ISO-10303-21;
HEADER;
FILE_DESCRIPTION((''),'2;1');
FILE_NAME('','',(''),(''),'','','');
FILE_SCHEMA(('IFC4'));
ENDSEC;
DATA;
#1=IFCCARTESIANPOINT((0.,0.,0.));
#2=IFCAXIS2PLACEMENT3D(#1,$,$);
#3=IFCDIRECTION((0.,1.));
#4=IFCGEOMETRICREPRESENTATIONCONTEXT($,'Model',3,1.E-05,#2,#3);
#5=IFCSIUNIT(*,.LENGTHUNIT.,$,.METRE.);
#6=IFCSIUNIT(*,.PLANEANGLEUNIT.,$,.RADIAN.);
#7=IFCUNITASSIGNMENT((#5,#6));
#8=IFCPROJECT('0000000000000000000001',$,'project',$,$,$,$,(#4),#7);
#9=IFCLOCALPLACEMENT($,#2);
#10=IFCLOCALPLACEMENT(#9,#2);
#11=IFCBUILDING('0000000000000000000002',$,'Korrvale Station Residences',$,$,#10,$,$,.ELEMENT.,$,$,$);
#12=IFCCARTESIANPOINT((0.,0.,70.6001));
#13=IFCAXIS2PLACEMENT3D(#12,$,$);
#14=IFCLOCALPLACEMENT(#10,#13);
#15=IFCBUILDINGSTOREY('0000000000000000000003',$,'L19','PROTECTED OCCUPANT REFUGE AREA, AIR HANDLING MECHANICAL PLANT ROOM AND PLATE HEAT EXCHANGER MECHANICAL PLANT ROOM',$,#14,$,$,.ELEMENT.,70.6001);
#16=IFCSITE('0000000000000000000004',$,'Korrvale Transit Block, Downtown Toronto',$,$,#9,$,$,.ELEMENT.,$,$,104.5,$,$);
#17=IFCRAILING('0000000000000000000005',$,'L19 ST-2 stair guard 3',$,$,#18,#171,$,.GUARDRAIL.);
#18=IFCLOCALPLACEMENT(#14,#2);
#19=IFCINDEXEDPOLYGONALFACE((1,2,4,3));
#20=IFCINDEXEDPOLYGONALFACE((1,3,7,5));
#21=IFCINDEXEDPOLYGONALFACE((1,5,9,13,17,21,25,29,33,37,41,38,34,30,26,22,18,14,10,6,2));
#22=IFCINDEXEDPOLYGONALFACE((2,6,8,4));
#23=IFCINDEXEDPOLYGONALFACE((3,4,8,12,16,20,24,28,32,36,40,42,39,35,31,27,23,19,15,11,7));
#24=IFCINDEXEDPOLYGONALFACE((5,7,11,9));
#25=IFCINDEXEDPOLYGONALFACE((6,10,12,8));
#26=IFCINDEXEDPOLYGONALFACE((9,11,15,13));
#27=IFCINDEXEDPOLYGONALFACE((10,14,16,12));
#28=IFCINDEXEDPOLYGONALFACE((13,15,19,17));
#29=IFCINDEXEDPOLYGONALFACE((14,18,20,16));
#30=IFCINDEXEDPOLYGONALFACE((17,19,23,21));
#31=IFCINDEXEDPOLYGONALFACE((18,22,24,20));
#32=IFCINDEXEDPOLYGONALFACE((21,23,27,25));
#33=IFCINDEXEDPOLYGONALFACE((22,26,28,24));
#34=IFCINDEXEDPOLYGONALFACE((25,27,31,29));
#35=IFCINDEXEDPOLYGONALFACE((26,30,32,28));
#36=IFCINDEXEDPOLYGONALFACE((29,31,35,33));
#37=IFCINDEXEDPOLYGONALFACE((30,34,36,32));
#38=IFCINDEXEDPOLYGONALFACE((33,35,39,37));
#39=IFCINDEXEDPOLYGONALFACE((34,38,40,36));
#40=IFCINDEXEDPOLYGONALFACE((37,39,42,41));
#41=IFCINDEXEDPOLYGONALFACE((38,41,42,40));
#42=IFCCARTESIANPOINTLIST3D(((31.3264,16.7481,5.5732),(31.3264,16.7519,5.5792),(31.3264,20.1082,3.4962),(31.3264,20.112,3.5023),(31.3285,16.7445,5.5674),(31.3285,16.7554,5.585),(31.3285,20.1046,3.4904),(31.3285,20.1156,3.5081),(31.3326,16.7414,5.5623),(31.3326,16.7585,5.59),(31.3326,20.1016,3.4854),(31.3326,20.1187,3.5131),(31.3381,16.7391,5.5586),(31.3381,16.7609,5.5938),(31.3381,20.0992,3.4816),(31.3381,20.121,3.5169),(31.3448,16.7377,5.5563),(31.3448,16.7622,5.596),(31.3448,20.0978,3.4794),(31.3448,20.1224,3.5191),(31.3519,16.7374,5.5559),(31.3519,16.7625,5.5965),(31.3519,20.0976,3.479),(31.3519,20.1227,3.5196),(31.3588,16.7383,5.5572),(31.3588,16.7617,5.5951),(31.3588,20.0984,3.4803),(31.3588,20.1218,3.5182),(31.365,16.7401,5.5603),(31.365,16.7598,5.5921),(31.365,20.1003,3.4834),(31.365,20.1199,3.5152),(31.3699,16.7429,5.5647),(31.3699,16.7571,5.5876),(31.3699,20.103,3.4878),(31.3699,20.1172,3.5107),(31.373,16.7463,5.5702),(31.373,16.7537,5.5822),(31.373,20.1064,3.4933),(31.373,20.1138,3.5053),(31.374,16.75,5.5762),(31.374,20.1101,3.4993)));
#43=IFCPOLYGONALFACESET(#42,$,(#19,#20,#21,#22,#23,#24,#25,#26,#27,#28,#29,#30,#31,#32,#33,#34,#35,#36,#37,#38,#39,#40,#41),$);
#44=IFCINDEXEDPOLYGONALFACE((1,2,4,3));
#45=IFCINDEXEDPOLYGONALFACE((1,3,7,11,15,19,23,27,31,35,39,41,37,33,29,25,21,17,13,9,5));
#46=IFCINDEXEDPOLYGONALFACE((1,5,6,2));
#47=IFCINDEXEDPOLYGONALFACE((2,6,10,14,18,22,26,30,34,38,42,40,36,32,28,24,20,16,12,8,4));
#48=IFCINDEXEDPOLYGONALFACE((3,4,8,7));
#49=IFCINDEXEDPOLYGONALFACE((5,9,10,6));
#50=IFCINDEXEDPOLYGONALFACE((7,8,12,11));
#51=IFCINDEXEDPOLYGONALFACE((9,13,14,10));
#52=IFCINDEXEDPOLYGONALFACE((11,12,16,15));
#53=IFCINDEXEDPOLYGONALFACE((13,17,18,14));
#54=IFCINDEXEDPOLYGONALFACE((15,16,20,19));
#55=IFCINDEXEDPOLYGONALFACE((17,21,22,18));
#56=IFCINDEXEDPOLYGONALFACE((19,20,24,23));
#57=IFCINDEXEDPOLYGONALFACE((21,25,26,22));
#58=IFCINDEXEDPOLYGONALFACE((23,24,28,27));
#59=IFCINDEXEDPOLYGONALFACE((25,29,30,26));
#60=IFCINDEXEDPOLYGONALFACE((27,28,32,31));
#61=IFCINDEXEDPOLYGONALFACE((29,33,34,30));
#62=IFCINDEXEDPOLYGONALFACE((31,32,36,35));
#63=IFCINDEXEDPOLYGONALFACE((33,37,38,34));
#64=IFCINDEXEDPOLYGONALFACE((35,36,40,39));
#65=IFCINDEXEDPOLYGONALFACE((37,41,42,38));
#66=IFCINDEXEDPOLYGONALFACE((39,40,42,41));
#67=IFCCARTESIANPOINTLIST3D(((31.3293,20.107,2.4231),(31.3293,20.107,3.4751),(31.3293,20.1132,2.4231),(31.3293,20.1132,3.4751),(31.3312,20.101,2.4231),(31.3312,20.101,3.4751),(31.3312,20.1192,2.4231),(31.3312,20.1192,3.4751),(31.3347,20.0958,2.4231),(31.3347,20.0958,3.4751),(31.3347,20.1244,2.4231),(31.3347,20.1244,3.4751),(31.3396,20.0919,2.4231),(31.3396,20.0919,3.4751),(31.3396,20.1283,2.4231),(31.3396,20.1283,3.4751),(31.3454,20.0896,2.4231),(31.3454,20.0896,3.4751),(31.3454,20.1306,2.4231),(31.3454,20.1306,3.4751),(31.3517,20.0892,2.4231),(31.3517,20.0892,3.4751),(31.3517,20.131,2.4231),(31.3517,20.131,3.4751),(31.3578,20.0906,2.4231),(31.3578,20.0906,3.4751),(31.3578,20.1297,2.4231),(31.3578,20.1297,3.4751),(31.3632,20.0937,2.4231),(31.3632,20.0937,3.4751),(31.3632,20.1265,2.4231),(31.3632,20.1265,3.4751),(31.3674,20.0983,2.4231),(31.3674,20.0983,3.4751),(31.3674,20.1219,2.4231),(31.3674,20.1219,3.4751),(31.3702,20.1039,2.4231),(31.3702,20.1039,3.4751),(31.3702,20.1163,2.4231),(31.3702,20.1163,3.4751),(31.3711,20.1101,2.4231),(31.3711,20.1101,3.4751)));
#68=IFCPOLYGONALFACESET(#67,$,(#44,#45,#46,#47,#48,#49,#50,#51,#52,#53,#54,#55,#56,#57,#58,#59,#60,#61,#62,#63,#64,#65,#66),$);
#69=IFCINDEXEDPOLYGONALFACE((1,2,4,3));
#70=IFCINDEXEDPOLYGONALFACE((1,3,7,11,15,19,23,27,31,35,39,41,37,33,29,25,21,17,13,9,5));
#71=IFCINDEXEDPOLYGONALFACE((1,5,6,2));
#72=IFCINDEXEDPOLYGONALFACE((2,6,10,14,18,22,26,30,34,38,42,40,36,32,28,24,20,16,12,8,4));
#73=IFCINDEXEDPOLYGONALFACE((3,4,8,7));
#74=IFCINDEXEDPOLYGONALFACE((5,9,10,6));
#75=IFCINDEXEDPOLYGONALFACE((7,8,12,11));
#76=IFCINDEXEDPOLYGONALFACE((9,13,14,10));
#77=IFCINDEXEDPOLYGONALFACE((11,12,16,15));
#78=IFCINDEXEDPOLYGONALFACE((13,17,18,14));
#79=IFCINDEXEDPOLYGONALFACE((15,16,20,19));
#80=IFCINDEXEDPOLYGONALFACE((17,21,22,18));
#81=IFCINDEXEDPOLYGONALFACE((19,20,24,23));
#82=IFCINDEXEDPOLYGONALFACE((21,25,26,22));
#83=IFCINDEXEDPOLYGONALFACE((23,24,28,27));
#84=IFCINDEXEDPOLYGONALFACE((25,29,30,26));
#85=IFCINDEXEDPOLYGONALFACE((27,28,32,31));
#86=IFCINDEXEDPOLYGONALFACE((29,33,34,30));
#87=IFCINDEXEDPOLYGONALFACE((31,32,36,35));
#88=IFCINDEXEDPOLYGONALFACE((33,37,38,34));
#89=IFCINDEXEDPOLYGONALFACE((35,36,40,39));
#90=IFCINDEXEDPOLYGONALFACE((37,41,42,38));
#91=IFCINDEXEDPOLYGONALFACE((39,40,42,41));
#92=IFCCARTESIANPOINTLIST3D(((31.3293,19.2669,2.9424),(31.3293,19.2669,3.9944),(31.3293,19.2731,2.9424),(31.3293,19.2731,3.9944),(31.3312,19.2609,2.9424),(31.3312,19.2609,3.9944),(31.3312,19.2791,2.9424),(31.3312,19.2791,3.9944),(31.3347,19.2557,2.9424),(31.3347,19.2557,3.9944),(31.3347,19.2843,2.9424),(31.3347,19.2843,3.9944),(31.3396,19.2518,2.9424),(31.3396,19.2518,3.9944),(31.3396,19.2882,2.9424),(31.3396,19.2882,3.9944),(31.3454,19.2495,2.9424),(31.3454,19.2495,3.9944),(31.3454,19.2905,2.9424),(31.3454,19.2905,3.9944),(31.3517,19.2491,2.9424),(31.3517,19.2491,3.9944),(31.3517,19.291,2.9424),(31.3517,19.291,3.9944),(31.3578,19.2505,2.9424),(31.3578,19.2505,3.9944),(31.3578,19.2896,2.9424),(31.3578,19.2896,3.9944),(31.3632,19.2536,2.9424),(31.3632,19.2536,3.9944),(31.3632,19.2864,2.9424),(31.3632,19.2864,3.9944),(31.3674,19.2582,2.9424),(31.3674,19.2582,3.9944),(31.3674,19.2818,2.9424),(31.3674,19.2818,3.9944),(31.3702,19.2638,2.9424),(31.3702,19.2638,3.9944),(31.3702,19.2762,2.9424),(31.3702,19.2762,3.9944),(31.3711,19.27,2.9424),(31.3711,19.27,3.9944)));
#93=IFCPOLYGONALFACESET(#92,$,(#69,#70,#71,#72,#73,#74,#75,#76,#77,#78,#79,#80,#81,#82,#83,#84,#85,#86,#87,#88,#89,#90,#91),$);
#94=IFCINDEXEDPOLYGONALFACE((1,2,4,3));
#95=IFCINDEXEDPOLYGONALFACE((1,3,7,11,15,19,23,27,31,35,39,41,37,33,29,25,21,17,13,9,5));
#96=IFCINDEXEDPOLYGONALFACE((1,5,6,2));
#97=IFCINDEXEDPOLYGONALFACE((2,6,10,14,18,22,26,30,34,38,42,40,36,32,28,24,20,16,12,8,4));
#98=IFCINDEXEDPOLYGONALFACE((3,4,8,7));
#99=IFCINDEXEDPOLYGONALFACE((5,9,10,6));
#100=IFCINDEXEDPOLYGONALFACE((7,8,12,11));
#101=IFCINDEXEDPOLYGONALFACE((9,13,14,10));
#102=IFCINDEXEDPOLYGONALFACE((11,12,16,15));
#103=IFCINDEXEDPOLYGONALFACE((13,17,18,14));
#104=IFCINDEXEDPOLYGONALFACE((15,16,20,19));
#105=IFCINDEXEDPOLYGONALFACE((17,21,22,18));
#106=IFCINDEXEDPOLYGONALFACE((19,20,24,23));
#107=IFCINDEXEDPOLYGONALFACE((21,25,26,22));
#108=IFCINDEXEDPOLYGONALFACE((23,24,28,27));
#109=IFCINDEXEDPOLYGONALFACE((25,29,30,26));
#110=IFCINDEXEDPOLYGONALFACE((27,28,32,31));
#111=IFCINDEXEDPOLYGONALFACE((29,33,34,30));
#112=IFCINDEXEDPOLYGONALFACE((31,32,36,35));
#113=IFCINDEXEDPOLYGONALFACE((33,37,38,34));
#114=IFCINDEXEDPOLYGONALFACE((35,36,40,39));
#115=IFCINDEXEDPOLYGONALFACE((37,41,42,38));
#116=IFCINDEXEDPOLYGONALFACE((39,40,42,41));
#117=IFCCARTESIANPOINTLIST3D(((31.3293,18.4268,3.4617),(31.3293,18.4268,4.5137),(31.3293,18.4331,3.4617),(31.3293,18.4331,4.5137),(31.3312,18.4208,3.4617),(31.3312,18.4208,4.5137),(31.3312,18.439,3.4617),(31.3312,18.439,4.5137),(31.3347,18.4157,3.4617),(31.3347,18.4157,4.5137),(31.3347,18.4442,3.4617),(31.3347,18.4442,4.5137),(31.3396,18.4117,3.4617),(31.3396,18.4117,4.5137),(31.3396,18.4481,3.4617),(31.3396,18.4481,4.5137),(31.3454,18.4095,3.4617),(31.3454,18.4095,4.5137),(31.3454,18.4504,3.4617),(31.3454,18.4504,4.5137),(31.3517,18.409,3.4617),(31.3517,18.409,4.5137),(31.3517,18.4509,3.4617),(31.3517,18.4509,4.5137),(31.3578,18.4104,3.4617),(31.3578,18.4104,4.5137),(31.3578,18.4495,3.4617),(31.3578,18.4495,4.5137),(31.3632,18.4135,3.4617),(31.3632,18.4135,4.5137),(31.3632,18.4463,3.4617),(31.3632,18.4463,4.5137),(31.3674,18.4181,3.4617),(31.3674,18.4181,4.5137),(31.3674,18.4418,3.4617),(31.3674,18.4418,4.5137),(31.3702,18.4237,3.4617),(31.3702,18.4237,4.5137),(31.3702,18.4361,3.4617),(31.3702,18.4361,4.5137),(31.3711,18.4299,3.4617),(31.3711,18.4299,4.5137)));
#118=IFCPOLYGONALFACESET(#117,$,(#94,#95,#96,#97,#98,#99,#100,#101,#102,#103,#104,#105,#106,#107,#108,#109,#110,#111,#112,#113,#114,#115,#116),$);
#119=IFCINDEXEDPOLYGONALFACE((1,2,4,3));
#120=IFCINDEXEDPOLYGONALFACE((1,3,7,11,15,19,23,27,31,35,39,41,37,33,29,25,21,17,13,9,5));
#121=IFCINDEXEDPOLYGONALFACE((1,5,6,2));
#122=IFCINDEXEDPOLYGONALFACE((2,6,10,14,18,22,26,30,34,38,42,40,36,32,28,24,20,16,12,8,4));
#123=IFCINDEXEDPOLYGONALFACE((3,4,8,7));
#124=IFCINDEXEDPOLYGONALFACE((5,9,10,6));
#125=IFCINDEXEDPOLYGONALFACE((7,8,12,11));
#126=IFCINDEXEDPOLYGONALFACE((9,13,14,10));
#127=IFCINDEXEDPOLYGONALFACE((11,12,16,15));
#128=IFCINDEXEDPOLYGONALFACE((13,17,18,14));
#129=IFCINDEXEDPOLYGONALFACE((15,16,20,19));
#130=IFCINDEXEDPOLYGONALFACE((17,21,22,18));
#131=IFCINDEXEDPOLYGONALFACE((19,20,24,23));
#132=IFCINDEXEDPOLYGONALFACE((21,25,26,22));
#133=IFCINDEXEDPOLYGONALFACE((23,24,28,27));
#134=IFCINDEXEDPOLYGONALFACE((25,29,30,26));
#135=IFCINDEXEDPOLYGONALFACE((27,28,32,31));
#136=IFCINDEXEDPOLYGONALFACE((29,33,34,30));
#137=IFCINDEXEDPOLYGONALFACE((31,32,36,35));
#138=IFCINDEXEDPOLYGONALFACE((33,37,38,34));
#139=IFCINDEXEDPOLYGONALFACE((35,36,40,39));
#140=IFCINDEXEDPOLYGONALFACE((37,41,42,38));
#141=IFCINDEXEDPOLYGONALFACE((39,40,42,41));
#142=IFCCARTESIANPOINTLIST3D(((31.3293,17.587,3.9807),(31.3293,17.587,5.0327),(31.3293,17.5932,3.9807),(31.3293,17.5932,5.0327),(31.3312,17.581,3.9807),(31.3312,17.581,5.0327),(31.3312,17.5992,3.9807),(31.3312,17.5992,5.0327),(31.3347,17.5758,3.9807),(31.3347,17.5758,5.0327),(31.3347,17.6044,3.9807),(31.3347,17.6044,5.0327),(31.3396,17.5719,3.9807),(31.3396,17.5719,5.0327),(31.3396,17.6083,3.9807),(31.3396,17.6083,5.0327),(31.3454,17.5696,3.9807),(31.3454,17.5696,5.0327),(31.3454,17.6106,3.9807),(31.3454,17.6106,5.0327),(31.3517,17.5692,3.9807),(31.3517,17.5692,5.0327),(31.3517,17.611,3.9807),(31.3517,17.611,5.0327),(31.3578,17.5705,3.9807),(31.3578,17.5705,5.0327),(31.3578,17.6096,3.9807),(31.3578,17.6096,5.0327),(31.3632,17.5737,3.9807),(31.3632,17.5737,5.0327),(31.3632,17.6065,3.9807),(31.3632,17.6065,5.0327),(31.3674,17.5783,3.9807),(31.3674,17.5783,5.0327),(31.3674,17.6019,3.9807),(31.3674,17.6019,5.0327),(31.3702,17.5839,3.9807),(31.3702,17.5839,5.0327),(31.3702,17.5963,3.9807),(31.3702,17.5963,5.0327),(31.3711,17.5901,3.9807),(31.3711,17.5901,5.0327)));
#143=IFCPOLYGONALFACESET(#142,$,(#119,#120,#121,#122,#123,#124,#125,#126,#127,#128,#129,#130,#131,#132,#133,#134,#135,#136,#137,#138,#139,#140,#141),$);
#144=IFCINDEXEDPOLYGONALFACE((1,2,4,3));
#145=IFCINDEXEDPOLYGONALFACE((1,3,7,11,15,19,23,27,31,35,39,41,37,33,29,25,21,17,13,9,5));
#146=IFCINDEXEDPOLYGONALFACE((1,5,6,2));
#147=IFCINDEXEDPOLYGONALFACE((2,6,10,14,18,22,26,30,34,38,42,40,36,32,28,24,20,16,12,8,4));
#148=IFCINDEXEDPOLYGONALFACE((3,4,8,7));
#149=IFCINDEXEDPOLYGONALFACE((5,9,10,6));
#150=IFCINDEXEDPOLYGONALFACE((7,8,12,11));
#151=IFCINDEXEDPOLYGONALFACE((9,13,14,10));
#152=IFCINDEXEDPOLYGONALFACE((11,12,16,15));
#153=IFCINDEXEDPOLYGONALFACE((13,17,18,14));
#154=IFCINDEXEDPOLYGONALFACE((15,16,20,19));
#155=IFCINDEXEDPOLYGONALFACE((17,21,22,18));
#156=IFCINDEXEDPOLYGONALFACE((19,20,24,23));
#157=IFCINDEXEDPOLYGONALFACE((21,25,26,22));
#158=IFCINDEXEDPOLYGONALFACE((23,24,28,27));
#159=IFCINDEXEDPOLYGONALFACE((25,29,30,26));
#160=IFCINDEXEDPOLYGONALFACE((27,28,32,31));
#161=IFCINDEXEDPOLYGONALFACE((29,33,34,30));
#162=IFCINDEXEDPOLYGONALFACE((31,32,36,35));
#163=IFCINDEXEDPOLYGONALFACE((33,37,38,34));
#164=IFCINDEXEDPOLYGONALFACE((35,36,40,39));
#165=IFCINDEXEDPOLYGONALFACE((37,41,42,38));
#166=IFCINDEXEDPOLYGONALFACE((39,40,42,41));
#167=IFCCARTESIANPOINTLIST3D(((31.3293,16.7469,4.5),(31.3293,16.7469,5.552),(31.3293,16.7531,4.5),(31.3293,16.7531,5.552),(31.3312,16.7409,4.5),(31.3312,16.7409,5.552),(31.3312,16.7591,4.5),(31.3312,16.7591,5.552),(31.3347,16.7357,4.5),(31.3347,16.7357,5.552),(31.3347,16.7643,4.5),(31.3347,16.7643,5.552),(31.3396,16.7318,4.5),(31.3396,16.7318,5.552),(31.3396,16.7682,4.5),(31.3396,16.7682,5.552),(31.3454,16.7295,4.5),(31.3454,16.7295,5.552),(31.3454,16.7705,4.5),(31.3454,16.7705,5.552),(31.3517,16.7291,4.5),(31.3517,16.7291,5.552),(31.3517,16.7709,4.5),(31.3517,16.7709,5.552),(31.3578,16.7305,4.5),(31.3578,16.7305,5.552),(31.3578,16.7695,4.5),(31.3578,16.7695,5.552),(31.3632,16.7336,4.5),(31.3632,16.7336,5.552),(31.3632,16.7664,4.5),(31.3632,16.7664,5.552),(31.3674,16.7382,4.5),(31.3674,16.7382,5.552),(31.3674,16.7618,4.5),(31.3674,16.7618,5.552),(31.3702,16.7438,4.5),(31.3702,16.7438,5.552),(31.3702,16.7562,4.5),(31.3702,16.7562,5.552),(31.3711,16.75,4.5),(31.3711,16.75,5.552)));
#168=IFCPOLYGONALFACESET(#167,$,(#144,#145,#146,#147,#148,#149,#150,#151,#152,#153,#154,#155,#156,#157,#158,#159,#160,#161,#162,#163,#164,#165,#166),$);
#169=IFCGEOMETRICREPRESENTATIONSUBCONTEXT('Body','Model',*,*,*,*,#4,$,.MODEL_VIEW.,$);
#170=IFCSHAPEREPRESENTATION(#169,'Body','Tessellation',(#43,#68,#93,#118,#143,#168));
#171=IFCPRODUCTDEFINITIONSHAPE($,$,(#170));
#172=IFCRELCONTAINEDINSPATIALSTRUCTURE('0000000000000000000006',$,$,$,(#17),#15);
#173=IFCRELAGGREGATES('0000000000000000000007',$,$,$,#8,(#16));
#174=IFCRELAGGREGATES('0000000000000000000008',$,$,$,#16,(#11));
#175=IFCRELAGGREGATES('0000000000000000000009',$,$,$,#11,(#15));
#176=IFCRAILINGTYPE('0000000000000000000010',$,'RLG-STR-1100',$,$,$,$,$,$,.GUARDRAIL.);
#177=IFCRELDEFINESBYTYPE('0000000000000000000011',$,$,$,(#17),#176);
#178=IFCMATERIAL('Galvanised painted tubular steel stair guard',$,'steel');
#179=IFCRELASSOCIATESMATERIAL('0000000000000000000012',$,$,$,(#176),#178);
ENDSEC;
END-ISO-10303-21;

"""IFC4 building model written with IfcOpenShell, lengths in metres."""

from ifc_helpers import new_model, si_unit, direction, frame, origin, origin_2d, place, context, subcontext, project, spatial, circle, extrude, material, type_object, element, save


model = new_model("IFC4")

# Units and contexts
model_context = context("Model", 3, precision=1e-05, world=origin(), true_north=direction((0.0, 1.0)))
body_context = subcontext(model_context, "Body", "Model", "MODEL_VIEW")
ifc_project = project(units=[si_unit("LENGTHUNIT", "METRE"), si_unit("PLANEANGLEUNIT", "RADIAN")], contexts=[model_context])

# Site, building, storey
site_placement = place(None, origin())
site = spatial("IfcSite", under=ifc_project, at=site_placement, Name="Korrvale Transit Block, Downtown Toronto", CompositionType="ELEMENT", RefElevation=104.5)
building_placement = place(site_placement, origin())
building = spatial("IfcBuilding", under=site, at=building_placement, Name="Korrvale Station Residences", CompositionType="ELEMENT")
storey_placement = place(building_placement, frame((0.0, 0.0, 70.6001)))
storey = spatial("IfcBuildingStorey", under=building, at=storey_placement, Name="L19", Description="PROTECTED OCCUPANT REFUGE AREA, AIR HANDLING MECHANICAL PLANT ROOM AND PLATE HEAT EXCHANGER MECHANICAL PLANT ROOM", CompositionType="ELEMENT", Elevation=70.6001)

# Railing
ifc_material_1 = material(Name="Galvanised painted tubular steel stair guard", Category="steel")
railing_type_1 = type_object("IfcRailingType", Name="RLG-STR-1100", PredefinedType="GUARDRAIL", material=ifc_material_1)
railing_1_placement = place(storey_placement, frame((31.3501, 20.1101, 2.4231)))
element("IfcRailing", 1, at=railing_1_placement, inside=storey, type_object=railing_type_1, Name="L19 ST-2 stair guard 3", PredefinedType="GUARDRAIL", context=body_context, shape_type="SweptSolid", body=[
    extrude(circle(Radius=0.0239, at=origin_2d()), frame((0.0, 0.0, 1.0762), z_axis=(0.0, -0.850623, 0.525776), x_axis=(1.0, 0.0, 0.0)), (0.0, 0.0, 1.0), 3.9502),
    extrude(circle(Radius=0.021, at=origin_2d()), origin(), (0.0, 0.0, 1.0), 1.052),
    extrude(circle(Radius=0.021, at=origin_2d()), frame((0.0, -0.8401, 0.5193)), (0.0, 0.0, 1.0), 1.052),
    extrude(circle(Radius=0.021, at=origin_2d()), frame((0.0, -1.6802, 1.0386)), (0.0, 0.0, 1.0), 1.052),
    extrude(circle(Radius=0.021, at=origin_2d()), frame((0.0, -2.52, 1.5576)), (0.0, 0.0, 1.0), 1.052),
    extrude(circle(Radius=0.021, at=origin_2d()), frame((0.0, -3.3601, 2.0769)), (0.0, 0.0, 1.0), 1.052),
])

save(model, "model.ifc")
